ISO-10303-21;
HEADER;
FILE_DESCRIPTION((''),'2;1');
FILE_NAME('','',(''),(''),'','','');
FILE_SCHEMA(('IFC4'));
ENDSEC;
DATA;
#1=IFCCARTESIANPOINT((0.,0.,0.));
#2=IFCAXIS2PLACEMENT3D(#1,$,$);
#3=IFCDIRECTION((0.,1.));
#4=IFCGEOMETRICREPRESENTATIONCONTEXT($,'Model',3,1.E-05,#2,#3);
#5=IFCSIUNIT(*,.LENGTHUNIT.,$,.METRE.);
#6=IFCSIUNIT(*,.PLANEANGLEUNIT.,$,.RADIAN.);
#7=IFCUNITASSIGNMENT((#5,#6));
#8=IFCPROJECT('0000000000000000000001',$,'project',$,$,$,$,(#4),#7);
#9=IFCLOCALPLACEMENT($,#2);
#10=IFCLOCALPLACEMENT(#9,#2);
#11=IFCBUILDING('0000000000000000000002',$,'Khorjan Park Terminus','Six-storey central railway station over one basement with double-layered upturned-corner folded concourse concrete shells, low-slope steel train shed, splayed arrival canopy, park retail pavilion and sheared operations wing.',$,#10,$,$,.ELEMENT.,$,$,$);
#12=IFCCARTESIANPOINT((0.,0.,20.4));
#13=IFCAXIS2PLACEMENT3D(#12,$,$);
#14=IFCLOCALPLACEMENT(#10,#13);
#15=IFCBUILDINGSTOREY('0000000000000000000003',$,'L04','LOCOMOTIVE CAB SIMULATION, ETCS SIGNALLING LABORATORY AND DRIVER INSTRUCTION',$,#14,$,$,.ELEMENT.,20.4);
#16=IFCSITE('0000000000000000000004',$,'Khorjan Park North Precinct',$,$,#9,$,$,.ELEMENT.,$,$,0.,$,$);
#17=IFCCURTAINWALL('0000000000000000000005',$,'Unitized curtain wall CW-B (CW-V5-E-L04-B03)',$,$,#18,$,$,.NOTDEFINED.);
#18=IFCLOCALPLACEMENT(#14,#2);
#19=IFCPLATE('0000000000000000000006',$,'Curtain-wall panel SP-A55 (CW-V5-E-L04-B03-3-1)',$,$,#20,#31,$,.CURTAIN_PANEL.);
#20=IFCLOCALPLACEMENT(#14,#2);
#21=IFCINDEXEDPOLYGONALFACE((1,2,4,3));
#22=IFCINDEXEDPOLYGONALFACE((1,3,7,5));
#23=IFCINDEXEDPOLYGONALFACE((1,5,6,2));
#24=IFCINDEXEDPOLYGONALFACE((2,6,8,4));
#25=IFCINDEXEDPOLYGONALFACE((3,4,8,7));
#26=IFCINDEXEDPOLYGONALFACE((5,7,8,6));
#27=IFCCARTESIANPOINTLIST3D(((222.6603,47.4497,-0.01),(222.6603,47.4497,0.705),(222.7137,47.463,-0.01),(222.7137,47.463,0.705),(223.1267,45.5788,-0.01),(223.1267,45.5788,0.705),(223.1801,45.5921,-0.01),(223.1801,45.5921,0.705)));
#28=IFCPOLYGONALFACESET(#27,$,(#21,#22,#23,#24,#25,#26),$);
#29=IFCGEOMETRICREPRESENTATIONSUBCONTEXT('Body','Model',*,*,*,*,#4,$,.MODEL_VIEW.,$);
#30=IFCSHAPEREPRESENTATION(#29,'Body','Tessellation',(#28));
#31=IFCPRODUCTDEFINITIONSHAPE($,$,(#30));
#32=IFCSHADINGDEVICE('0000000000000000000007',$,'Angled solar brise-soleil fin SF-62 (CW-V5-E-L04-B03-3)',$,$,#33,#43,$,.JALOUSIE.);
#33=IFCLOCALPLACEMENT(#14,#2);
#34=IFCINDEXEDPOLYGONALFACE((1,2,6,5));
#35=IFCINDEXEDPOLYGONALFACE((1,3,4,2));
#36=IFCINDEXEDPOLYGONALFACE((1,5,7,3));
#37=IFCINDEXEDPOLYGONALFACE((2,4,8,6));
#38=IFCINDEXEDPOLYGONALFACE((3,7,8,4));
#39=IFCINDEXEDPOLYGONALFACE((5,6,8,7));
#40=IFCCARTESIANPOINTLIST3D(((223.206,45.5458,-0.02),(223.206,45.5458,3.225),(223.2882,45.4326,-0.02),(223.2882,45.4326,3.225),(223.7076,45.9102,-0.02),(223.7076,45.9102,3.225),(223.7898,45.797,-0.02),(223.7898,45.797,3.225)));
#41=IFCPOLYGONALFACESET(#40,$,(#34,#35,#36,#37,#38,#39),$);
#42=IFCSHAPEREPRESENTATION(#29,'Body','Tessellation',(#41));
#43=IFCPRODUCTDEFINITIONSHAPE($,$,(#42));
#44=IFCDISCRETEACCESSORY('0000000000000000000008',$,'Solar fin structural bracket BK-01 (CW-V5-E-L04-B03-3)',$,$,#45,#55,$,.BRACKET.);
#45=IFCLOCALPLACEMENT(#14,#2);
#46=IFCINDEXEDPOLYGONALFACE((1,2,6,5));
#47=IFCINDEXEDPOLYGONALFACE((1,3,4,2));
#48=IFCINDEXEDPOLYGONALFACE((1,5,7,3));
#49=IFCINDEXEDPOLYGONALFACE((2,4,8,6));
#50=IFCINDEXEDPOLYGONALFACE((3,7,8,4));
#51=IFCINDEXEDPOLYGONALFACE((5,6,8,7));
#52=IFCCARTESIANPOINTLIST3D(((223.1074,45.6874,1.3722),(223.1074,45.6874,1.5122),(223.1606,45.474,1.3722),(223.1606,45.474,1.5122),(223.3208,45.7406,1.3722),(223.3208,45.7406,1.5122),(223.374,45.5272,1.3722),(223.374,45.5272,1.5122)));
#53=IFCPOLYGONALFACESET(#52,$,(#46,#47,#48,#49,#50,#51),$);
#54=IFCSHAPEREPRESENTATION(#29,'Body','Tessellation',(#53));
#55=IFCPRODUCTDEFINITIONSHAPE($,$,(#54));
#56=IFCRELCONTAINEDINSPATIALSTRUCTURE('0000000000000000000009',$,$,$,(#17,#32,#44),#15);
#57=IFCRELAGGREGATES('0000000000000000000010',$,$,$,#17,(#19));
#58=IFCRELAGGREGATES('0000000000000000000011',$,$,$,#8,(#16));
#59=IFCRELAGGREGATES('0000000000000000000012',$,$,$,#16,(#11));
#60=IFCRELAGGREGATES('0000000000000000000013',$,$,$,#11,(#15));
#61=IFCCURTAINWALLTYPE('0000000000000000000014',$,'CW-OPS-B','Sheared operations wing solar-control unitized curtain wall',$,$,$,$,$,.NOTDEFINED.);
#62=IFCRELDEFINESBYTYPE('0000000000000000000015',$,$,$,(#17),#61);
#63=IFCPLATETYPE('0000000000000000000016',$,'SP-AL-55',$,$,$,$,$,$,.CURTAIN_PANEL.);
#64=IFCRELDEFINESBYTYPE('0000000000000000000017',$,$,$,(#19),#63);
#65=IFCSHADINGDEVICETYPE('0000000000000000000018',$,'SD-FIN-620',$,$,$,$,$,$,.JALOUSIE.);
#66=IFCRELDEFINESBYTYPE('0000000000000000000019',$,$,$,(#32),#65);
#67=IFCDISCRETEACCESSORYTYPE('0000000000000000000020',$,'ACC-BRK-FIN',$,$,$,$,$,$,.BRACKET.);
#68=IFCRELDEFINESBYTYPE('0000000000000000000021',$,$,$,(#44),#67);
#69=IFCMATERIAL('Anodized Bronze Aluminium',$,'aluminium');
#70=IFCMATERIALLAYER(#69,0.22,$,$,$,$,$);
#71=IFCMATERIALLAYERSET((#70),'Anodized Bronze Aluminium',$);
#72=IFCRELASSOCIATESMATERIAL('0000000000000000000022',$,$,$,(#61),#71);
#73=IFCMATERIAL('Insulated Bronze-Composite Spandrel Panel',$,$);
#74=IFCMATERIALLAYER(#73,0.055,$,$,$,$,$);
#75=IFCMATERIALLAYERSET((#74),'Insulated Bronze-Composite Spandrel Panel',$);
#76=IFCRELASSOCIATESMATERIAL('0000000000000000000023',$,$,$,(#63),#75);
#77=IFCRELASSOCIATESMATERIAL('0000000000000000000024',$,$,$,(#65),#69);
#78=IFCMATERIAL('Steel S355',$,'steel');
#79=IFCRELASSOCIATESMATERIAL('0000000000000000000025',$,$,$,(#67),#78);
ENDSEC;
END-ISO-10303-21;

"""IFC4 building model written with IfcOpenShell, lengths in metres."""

from ifc_helpers import new_model, si_unit, direction, frame, origin, origin_2d, place, context, subcontext, project, spatial, rectangle, extrude, material, layer, layer_set, type_object, element, aggregate, save


model = new_model("IFC4")

# Units and contexts
model_context = context("Model", 3, precision=1e-05, world=origin(), true_north=direction((0.0, 1.0)))
body_context = subcontext(model_context, "Body", "Model", "MODEL_VIEW")
ifc_project = project(units=[si_unit("LENGTHUNIT", "METRE"), si_unit("PLANEANGLEUNIT", "RADIAN")], contexts=[model_context])

# Site, building, storey
site_placement = place(None, origin())
site = spatial("IfcSite", under=ifc_project, at=site_placement, Name="Khorjan Park North Precinct", CompositionType="ELEMENT", RefElevation=0.0)
building_placement = place(site_placement, origin())
building = spatial("IfcBuilding", under=site, at=building_placement, Name="Khorjan Park Terminus", Description="Six-storey central railway station over one basement with double-layered upturned-corner folded concourse concrete shells, low-slope steel train shed, splayed arrival canopy, park retail pavilion and sheared operations wing.", CompositionType="ELEMENT")
storey_placement = place(building_placement, frame((0.0, 0.0, 20.4)))
storey = spatial("IfcBuildingStorey", under=building, at=storey_placement, Name="L04", Description="LOCOMOTIVE CAB SIMULATION, ETCS SIGNALLING LABORATORY AND DRIVER INSTRUCTION", CompositionType="ELEMENT", Elevation=20.4)

# Curtain wall, plate
ifc_material_1 = material(Name="Anodized Bronze Aluminium", Category="aluminium")
ifc_layer_1 = layer(ifc_material_1, 0.22)
ifc_layer_set_1 = layer_set([ifc_layer_1], Name="Anodized Bronze Aluminium")
curtain_wall_type = type_object("IfcCurtainWallType", Name="CW-OPS-B", Description="Sheared operations wing solar-control unitized curtain wall", PredefinedType="NOTDEFINED", material=ifc_layer_set_1)
curtain_wall_placement = place(storey_placement, origin())
curtain_wall = element("IfcCurtainWall", 1, at=curtain_wall_placement, inside=storey, type_object=curtain_wall_type, Name="Unitized curtain wall CW-B (CW-V5-E-L04-B03)", PredefinedType="NOTDEFINED")
ifc_material_2 = material(Name="Insulated Bronze-Composite Spandrel Panel")
ifc_layer_2 = layer(ifc_material_2, 0.055)
ifc_layer_set_2 = layer_set([ifc_layer_2], Name="Insulated Bronze-Composite Spandrel Panel")
plate_type_1 = type_object("IfcPlateType", Name="SP-AL-55", PredefinedType="CURTAIN_PANEL", material=ifc_layer_set_2)
plate_1_placement = place(storey_placement, frame((222.9202, 46.5209, -0.01), z_axis=(0.0, 0.0, 1.0), x_axis=(-0.241923, 0.970295, 0.0)))
plate_1 = element("IfcPlate", 2, at=plate_1_placement, type_object=plate_type_1, Name="Curtain-wall panel SP-A55 (CW-V5-E-L04-B03-3-1)", PredefinedType="CURTAIN_PANEL", context=body_context, shape_type="SweptSolid", body=[
    extrude(rectangle(XDim=1.9281, YDim=0.055, at=origin_2d()), origin(), (0.0, 0.0, 1.0), 0.715),
])
aggregate(curtain_wall, [plate_1])

# Shading device
shading_device_type = type_object("IfcShadingDeviceType", Name="SD-FIN-620", PredefinedType="JALOUSIE", material=ifc_material_1)
shading_device_placement = place(storey_placement, frame((223.4979, 45.6714, -0.02), z_axis=(0.0, 0.0, 1.0), x_axis=(-0.809017, -0.587785, 0.0)))
element("IfcShadingDevice", 3, at=shading_device_placement, inside=storey, type_object=shading_device_type, Name="Angled solar brise-soleil fin SF-62 (CW-V5-E-L04-B03-3)", PredefinedType="JALOUSIE", context=body_context, shape_type="SweptSolid", body=[
    extrude(rectangle(XDim=0.62, YDim=0.14, at=origin_2d()), origin(), (0.0, 0.0, 1.0), 3.245),
])

# Discrete accessory
ifc_material_3 = material(Name="Steel S355", Category="steel")
discrete_accessory_type = type_object("IfcDiscreteAccessoryType", Name="ACC-BRK-FIN", PredefinedType="BRACKET", material=ifc_material_3)
discrete_accessory_placement = place(storey_placement, frame((223.2407, 45.6073, 1.3722), z_axis=(0.0, 0.0, 1.0), x_axis=(-0.241923, 0.970295, 0.0)))
element("IfcDiscreteAccessory", 4, at=discrete_accessory_placement, inside=storey, type_object=discrete_accessory_type, Name="Solar fin structural bracket BK-01 (CW-V5-E-L04-B03-3)", PredefinedType="BRACKET", context=body_context, shape_type="SweptSolid", body=[
    extrude(rectangle(XDim=0.22, YDim=0.22, at=origin_2d()), origin(), (0.0, 0.0, 1.0), 0.14),
])

save(model, "model.ifc")
